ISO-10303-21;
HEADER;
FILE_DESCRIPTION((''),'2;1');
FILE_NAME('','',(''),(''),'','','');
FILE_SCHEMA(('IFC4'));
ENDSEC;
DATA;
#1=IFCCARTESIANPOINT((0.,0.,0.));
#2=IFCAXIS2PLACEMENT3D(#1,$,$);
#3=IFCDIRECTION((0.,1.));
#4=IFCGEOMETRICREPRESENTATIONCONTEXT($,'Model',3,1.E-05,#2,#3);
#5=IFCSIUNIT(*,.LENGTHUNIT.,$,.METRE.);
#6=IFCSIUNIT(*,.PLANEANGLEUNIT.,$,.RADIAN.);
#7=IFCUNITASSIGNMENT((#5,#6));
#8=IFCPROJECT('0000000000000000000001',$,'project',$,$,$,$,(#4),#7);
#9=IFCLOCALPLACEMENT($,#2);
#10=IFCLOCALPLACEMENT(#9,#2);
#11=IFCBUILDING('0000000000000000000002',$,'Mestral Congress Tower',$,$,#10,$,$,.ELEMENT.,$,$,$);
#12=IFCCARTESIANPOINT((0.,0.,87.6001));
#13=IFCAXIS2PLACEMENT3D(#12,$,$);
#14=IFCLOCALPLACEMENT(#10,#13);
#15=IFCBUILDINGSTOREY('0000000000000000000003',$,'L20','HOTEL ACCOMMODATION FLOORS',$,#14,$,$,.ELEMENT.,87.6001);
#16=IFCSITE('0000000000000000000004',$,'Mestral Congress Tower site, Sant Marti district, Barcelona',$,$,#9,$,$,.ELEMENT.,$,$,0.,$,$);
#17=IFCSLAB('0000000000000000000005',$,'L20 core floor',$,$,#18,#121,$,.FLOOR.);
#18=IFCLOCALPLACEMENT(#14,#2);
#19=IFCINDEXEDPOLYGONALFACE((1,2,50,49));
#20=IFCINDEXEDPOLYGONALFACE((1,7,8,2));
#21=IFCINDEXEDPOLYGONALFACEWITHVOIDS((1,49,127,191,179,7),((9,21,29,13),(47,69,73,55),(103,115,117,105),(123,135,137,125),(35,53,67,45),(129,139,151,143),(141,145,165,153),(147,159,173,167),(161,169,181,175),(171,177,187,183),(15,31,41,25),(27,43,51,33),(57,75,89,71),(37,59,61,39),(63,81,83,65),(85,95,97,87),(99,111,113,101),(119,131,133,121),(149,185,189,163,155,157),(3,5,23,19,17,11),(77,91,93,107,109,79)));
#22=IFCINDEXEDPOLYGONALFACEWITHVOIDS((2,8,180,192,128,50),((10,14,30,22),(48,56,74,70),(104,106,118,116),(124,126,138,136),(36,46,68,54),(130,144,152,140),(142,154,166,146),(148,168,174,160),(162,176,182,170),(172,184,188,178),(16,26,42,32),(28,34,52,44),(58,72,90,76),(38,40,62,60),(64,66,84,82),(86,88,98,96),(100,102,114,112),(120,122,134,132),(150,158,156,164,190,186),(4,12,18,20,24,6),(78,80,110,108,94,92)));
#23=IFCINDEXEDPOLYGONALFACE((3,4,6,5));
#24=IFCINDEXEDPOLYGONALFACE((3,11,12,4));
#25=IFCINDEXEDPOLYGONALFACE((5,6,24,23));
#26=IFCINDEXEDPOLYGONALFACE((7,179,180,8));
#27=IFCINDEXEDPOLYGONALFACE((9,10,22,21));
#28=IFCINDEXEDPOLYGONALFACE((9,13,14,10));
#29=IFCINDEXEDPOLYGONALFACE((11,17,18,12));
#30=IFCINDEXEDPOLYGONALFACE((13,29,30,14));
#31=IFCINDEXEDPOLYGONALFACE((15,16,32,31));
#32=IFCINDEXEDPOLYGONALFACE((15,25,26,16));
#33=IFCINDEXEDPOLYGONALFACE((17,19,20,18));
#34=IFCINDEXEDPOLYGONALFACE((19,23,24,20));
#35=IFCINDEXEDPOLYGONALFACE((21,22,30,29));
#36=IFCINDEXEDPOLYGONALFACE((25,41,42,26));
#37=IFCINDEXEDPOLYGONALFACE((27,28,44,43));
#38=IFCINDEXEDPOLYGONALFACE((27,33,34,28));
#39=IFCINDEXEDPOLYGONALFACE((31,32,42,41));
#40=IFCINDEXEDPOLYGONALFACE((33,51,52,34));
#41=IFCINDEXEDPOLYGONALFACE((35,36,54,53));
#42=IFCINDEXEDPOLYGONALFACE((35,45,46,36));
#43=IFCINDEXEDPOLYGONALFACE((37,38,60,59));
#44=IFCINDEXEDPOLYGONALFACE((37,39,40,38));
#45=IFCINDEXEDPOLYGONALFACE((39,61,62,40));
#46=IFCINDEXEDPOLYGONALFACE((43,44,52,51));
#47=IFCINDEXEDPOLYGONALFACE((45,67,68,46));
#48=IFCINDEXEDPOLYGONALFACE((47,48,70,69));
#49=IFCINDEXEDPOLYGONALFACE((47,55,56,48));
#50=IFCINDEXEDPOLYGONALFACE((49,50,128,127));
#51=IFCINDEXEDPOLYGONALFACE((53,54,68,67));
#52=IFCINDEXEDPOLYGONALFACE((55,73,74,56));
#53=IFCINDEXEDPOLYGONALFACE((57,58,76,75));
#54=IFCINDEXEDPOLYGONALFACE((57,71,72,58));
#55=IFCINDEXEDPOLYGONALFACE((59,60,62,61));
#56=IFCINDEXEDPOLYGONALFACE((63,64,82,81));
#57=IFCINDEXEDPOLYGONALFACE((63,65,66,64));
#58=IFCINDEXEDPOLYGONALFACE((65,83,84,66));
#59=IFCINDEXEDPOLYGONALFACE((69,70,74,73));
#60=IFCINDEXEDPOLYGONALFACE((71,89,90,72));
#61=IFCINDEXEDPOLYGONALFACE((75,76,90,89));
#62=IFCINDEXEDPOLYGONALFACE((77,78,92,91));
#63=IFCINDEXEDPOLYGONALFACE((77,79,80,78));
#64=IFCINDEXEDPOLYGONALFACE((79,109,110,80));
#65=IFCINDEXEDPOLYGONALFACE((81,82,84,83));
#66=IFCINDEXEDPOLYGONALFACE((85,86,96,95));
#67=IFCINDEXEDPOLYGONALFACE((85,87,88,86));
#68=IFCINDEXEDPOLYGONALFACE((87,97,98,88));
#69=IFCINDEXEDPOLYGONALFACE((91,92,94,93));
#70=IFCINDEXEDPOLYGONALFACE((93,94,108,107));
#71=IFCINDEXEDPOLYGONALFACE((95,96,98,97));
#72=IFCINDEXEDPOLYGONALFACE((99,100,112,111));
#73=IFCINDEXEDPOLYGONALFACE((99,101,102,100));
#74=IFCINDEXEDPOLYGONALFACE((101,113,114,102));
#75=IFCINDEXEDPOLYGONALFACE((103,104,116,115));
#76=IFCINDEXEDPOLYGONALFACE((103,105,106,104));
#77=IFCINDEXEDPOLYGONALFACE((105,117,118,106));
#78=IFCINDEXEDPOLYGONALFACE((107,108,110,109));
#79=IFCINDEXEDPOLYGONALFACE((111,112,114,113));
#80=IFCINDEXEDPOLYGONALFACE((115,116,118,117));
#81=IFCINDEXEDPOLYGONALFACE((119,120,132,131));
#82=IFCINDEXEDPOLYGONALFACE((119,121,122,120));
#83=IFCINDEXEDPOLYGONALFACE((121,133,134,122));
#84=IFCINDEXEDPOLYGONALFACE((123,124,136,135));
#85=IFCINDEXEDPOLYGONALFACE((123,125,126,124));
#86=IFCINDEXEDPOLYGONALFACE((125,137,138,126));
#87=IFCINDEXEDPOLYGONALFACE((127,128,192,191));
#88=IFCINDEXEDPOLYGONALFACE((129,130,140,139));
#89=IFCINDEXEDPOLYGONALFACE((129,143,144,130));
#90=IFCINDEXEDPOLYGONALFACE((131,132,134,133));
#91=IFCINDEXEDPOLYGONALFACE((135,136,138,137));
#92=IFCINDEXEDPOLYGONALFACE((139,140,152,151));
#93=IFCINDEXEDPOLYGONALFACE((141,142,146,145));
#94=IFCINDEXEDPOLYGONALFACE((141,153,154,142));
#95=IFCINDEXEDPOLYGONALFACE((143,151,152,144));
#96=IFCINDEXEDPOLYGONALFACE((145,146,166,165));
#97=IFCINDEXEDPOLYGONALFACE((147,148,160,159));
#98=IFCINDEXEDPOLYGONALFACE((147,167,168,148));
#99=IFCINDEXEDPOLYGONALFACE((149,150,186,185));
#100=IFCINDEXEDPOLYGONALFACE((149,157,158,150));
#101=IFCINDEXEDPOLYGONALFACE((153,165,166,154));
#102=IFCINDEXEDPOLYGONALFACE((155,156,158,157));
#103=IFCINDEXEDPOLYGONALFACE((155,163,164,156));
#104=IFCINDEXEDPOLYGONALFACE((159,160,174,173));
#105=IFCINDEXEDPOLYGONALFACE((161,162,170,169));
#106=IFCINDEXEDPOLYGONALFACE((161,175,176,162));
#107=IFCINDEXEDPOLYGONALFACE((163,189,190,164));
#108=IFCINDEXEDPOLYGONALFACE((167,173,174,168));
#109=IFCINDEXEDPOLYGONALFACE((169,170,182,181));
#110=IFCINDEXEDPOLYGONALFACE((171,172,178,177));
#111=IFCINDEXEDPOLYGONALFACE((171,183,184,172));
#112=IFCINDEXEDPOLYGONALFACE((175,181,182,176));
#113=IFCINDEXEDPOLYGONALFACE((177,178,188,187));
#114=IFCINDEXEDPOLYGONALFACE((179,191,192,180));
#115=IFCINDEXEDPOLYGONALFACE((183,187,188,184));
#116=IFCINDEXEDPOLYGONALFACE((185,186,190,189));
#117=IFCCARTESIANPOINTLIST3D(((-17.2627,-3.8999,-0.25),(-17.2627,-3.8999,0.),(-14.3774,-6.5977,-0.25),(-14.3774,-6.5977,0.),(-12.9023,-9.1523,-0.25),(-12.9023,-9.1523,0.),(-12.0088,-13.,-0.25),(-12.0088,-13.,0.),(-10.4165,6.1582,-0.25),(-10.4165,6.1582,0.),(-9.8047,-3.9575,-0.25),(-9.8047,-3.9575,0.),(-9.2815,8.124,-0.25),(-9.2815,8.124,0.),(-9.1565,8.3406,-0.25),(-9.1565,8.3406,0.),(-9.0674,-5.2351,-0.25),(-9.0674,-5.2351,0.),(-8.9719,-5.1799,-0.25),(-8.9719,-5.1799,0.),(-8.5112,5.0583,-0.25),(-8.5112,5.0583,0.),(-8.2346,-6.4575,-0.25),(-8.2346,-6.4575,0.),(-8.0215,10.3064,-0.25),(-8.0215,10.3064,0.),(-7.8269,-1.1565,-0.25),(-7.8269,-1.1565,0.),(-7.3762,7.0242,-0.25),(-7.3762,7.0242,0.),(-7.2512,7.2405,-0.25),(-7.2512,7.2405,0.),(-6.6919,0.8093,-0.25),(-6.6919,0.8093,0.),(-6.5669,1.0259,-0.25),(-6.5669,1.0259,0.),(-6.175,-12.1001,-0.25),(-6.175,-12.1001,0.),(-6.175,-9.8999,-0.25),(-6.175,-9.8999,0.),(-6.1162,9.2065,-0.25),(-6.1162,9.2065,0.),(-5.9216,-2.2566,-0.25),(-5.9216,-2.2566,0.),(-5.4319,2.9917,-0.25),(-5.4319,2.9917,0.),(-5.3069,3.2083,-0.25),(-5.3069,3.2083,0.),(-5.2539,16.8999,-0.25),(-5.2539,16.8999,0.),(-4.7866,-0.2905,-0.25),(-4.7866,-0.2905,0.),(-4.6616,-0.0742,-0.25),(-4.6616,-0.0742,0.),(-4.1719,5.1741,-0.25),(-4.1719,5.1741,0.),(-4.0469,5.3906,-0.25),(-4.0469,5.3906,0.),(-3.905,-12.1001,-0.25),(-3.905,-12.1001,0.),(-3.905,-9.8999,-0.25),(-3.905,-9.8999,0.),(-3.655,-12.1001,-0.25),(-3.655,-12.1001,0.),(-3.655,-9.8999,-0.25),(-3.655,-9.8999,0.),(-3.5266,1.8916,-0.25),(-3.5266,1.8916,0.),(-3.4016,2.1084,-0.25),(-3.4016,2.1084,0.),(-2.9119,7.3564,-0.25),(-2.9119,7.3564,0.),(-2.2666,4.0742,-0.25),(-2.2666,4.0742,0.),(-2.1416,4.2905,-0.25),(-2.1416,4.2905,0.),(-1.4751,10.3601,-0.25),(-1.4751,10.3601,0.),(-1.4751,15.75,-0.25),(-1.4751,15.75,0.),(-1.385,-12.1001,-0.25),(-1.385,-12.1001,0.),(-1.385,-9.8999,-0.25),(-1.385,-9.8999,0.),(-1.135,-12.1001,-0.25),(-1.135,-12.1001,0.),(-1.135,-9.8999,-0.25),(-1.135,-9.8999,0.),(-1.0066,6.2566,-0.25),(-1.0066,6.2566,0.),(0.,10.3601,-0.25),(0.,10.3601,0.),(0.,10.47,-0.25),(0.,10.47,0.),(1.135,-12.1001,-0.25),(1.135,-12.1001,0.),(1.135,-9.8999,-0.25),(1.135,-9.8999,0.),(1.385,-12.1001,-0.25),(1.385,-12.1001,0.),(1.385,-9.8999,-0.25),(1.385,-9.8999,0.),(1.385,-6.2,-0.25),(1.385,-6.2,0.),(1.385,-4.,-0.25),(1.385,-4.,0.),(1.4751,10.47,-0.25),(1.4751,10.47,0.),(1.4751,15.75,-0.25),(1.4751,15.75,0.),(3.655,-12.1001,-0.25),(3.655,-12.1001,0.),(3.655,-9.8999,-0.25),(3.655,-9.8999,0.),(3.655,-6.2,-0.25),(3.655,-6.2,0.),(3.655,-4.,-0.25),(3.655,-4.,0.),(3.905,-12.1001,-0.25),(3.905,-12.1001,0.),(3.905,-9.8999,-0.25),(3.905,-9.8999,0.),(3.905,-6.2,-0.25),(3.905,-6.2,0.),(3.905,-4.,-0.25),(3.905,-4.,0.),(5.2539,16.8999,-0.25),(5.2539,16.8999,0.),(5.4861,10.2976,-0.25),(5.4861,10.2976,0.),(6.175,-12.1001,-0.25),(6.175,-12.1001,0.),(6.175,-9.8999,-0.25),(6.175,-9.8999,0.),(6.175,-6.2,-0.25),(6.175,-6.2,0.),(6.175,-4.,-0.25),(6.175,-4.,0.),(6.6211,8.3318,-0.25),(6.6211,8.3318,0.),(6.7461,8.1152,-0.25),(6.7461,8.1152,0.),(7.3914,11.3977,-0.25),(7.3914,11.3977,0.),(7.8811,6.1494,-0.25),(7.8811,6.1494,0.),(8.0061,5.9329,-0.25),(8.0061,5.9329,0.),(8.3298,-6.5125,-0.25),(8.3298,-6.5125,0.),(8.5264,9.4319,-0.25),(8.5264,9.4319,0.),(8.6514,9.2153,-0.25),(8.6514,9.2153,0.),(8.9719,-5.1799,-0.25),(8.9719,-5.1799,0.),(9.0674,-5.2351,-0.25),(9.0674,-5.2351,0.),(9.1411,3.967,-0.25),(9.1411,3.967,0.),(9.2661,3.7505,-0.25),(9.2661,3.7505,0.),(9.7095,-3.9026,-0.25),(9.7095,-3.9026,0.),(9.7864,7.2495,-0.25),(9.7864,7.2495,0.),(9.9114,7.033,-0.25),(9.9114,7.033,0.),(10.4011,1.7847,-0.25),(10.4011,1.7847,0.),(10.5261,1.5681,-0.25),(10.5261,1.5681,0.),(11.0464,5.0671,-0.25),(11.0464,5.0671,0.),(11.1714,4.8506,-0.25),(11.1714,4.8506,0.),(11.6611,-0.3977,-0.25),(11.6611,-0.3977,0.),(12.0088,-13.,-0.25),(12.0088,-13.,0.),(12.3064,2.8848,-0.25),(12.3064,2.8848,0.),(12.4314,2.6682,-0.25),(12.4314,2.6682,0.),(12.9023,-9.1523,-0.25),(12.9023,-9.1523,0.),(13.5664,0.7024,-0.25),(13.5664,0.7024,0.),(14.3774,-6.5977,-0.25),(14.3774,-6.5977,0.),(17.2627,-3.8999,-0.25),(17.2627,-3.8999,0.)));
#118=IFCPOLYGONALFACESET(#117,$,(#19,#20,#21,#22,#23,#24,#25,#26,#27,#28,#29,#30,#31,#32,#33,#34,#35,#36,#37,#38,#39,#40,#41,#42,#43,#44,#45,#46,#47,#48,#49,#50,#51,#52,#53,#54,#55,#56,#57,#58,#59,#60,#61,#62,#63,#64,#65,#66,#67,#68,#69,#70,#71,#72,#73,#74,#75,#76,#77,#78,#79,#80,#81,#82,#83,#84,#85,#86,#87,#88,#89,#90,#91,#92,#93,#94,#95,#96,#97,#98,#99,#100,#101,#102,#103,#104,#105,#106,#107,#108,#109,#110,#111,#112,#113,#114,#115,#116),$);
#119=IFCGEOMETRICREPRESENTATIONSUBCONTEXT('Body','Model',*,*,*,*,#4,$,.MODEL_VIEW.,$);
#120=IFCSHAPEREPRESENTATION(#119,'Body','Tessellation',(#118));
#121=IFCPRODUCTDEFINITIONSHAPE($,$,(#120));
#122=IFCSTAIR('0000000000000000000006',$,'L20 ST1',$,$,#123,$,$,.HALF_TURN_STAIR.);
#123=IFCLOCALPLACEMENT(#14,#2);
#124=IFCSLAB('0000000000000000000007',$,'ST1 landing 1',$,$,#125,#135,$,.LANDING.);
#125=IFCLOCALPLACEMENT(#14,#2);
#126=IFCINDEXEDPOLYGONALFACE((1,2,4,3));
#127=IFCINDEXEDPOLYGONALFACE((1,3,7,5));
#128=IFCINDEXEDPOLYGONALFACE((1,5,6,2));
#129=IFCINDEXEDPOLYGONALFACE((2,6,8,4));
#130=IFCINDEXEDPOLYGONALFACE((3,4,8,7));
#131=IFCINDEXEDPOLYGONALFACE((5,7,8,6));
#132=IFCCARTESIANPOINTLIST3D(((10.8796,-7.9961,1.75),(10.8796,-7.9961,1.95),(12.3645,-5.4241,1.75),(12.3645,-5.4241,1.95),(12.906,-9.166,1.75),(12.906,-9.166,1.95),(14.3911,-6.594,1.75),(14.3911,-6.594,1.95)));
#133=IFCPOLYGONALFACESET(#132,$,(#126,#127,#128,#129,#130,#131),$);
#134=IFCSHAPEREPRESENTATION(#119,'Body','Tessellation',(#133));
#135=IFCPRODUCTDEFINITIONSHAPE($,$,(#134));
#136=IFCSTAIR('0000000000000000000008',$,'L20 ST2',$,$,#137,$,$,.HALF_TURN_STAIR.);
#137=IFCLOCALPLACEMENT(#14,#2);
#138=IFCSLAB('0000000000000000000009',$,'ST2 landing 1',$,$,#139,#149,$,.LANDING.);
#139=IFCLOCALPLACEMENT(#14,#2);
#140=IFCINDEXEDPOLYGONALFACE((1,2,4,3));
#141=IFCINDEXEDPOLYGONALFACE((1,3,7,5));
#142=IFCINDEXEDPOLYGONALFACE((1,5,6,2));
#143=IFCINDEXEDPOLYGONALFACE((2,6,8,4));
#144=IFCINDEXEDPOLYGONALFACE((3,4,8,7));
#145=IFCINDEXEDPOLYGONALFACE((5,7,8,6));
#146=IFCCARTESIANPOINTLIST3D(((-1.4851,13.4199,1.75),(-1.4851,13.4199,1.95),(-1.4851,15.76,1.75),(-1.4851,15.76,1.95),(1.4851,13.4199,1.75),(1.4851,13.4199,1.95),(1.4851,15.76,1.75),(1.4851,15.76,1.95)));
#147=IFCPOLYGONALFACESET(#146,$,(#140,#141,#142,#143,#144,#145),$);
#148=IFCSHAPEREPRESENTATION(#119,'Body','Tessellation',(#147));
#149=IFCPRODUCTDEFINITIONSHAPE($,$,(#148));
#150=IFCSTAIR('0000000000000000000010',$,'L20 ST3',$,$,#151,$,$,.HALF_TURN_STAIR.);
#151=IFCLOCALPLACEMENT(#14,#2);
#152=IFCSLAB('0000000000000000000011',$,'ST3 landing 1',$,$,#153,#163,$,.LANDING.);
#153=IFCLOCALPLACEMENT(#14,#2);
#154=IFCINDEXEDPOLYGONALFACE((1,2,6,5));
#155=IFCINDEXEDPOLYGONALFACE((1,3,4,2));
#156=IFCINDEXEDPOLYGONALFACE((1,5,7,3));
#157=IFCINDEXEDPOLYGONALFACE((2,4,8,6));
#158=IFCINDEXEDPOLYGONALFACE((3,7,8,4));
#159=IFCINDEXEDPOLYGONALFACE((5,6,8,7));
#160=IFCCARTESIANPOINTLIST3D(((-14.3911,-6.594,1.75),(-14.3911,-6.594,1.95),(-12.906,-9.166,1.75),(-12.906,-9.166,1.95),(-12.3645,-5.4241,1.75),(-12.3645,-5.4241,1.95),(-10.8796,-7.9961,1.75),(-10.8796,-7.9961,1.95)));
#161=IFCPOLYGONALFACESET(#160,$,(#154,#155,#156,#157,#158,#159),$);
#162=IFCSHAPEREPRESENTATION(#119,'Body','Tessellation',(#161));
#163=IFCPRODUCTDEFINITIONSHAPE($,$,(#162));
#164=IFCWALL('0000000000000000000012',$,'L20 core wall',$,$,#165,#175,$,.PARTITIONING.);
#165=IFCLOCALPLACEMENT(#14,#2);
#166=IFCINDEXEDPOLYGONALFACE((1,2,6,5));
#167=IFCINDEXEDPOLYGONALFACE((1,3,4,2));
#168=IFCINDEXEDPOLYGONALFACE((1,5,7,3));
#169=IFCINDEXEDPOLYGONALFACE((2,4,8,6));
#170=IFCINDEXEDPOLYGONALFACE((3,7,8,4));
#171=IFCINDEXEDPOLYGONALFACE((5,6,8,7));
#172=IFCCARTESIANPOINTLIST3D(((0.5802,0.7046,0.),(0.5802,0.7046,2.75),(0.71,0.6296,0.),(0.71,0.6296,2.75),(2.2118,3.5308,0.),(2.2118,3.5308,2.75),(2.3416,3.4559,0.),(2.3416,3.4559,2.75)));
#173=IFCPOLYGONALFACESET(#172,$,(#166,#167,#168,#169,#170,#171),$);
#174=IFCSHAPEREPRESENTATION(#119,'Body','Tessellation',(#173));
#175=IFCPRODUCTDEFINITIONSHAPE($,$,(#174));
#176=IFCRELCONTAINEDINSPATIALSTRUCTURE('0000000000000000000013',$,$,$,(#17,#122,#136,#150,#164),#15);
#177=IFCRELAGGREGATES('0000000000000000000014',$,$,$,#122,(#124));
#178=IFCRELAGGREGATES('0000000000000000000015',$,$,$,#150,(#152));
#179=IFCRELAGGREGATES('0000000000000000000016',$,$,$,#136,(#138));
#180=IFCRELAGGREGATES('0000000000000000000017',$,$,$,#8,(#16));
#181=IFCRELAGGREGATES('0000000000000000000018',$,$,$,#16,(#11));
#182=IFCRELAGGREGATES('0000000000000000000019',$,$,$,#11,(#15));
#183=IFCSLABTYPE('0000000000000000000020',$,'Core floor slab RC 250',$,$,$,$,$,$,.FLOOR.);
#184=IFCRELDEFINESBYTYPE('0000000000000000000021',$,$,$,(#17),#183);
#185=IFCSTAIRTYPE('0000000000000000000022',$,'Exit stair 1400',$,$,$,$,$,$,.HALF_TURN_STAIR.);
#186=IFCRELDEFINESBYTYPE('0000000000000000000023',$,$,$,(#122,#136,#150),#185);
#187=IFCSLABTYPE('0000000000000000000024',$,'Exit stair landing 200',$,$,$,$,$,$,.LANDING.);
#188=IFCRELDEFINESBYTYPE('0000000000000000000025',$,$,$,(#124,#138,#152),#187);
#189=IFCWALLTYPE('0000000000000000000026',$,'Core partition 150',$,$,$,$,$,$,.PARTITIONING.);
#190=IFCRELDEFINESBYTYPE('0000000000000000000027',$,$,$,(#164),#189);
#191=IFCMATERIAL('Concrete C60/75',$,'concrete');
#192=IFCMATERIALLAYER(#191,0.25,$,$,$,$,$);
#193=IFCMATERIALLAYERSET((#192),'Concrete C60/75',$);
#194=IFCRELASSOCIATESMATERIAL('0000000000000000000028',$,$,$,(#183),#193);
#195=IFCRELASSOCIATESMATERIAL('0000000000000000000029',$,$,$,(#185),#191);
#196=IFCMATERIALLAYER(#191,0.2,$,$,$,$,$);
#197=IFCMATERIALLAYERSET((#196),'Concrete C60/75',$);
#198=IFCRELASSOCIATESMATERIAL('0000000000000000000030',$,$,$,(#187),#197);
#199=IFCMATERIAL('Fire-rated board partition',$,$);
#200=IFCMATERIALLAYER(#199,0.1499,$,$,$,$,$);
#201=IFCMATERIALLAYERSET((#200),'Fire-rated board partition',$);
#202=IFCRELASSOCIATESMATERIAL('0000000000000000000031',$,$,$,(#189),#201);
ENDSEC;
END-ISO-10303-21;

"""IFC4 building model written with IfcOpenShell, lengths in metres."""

from ifc_helpers import new_model, si_unit, direction, frame, frame_2d, origin, place, context, subcontext, project, spatial, polyline, rectangle, outline, extrude, material, layer, layer_set, type_object, element, aggregate, save


model = new_model("IFC4")

# Units and contexts
model_context = context("Model", 3, precision=1e-05, world=origin(), true_north=direction((0.0, 1.0)))
body_context = subcontext(model_context, "Body", "Model", "MODEL_VIEW")
ifc_project = project(units=[si_unit("LENGTHUNIT", "METRE"), si_unit("PLANEANGLEUNIT", "RADIAN")], contexts=[model_context])

# Site, building, storey
site_placement = place(None, origin())
site = spatial("IfcSite", under=ifc_project, at=site_placement, Name="Mestral Congress Tower site, Sant Marti district, Barcelona", CompositionType="ELEMENT", RefElevation=0.0)
building_placement = place(site_placement, origin())
building = spatial("IfcBuilding", under=site, at=building_placement, Name="Mestral Congress Tower", CompositionType="ELEMENT")
storey_placement = place(building_placement, frame((0.0, 0.0, 87.6001)))
storey = spatial("IfcBuildingStorey", under=building, at=storey_placement, Name="L20", Description="HOTEL ACCOMMODATION FLOORS", CompositionType="ELEMENT", Elevation=87.6001)

# Slab
ifc_material_1 = material(Name="Concrete C60/75", Category="concrete")
ifc_layer_1 = layer(ifc_material_1, 0.25)
ifc_layer_set_1 = layer_set([ifc_layer_1], Name="Concrete C60/75")
slab_type_1 = type_object("IfcSlabType", Name="Core floor slab RC 250", PredefinedType="FLOOR", material=ifc_layer_set_1)
slab_1_placement = place(storey_placement, frame((0.0, 0.0, -0.25)))
element("IfcSlab", 1, at=slab_1_placement, inside=storey, type_object=slab_type_1, Name="L20 core floor", PredefinedType="FLOOR", context=body_context, shape_type="SweptSolid", body=[
    extrude(outline(polyline([(12.0088, -13.0), (-12.0088, -13.0), (-17.2627, -3.8999), (-5.2539, 16.8999), (5.2539, 16.8999), (17.2627, -3.8999), (12.0088, -13.0)]), holes=[polyline([(-3.905, -9.8999), (-6.175, -9.8999), (-6.175, -12.1001), (-3.905, -12.1001), (-3.905, -9.8999)]), polyline([(-1.385, -9.8999), (-3.655, -9.8999), (-3.655, -12.1001), (-1.385, -12.1001), (-1.385, -9.8999)]), polyline([(1.135, -9.8999), (-1.135, -9.8999), (-1.135, -12.1001), (1.135, -12.1001), (1.135, -9.8999)]), polyline([(-9.0674, -5.2351), (-9.8047, -3.9575), (-14.3774, -6.5977), (-12.9023, -9.1523), (-8.2346, -6.4575), (-8.9719, -5.1799), (-9.0674, -5.2351)]), polyline([(-7.8269, -1.1565), (-5.9216, -2.2566), (-4.7866, -0.2905), (-6.6919, 0.8093), (-7.8269, -1.1565)]), polyline([(-4.6616, -0.0742), (-3.5266, 1.8916), (-5.4319, 2.9917), (-6.5669, 1.0259), (-4.6616, -0.0742)]), polyline([(-3.4016, 2.1084), (-2.2666, 4.0742), (-4.1719, 5.1741), (-5.3069, 3.2083), (-3.4016, 2.1084)]), polyline([(-2.1416, 4.2905), (-1.0066, 6.2566), (-2.9119, 7.3564), (-4.0469, 5.3906), (-2.1416, 4.2905)]), polyline([(-10.4165, 6.1582), (-8.5112, 5.0583), (-7.3762, 7.0242), (-9.2815, 8.124), (-10.4165, 6.1582)]), polyline([(-9.1565, 8.3406), (-7.2512, 7.2405), (-6.1162, 9.2065), (-8.0215, 10.3064), (-9.1565, 8.3406)]), polyline([(1.4751, 10.47), (1.4751, 15.75), (-1.4751, 15.75), (-1.4751, 10.3601), (0.0, 10.3601), (0.0, 10.47), (1.4751, 10.47)]), polyline([(3.655, -9.8999), (1.385, -9.8999), (1.385, -12.1001), (3.655, -12.1001), (3.655, -9.8999)]), polyline([(6.175, -9.8999), (3.905, -9.8999), (3.905, -12.1001), (6.175, -12.1001), (6.175, -9.8999)]), polyline([(9.0674, -5.2351), (8.3298, -6.5125), (12.9023, -9.1523), (14.3774, -6.5977), (9.7095, -3.9026), (8.9719, -5.1799), (9.0674, -5.2351)]), polyline([(3.655, -6.2), (3.655, -4.0), (1.385, -4.0), (1.385, -6.2), (3.655, -6.2)]), polyline([(6.175, -4.0), (3.905, -4.0), (3.905, -6.2), (6.175, -6.2), (6.175, -4.0)]), polyline([(12.4314, 2.6682), (10.5261, 1.5681), (11.6611, -0.3977), (13.5664, 0.7024), (12.4314, 2.6682)]), polyline([(11.1714, 4.8506), (9.2661, 3.7505), (10.4011, 1.7847), (12.3064, 2.8848), (11.1714, 4.8506)]), polyline([(8.0061, 5.9329), (9.1411, 3.967), (11.0464, 5.0671), (9.9114, 7.033), (8.0061, 5.9329)]), polyline([(8.6514, 9.2153), (6.7461, 8.1152), (7.8811, 6.1494), (9.7864, 7.2495), (8.6514, 9.2153)]), polyline([(7.3914, 11.3977), (5.4861, 10.2976), (6.6211, 8.3318), (8.5264, 9.4319), (7.3914, 11.3977)])]), origin(), (0.0, 0.0, 1.0), 0.25),
])

# Stairs, slabs
stair_type = type_object("IfcStairType", Name="Exit stair 1400", PredefinedType="HALF_TURN_STAIR", material=ifc_material_1)
placement_1 = place(storey_placement, origin())
stair_1 = element("IfcStair", 2, at=placement_1, inside=storey, type_object=stair_type, Name="L20 ST1", PredefinedType="HALF_TURN_STAIR")
ifc_layer_2 = layer(ifc_material_1, 0.2)
ifc_layer_set_2 = layer_set([ifc_layer_2], Name="Concrete C60/75")
slab_type_2 = type_object("IfcSlabType", Name="Exit stair landing 200", PredefinedType="LANDING", material=ifc_layer_set_2)
placement_2 = place(storey_placement, frame((0.0, 0.0, 1.75)))
slab_2 = element("IfcSlab", 3, at=placement_2, type_object=slab_type_2, Name="ST1 landing 1", PredefinedType="LANDING", context=body_context, shape_type="SweptSolid", body=[
    extrude(outline(polyline([(10.8796, -7.9961), (12.3645, -5.4241), (14.3911, -6.594), (12.906, -9.166), (10.8796, -7.9961)])), origin(), (0.0, 0.0, 1.0), 0.2),
])
aggregate(stair_1, [slab_2])
stair_2 = element("IfcStair", 4, at=placement_1, inside=storey, type_object=stair_type, Name="L20 ST2", PredefinedType="HALF_TURN_STAIR")
slab_3 = element("IfcSlab", 5, at=placement_2, type_object=slab_type_2, Name="ST2 landing 1", PredefinedType="LANDING", context=body_context, shape_type="SweptSolid", body=[
    extrude(outline(polyline([(1.4851, 13.4199), (-1.4851, 13.4199), (-1.4851, 15.76), (1.4851, 15.76), (1.4851, 13.4199)])), origin(), (0.0, 0.0, 1.0), 0.2),
])
stair_3 = element("IfcStair", 6, at=placement_1, inside=storey, type_object=stair_type, Name="L20 ST3", PredefinedType="HALF_TURN_STAIR")
slab_4 = element("IfcSlab", 7, at=placement_2, type_object=slab_type_2, Name="ST3 landing 1", PredefinedType="LANDING", context=body_context, shape_type="SweptSolid", body=[
    extrude(outline(polyline([(-12.3645, -5.4241), (-10.8796, -7.9961), (-12.906, -9.166), (-14.3911, -6.594), (-12.3645, -5.4241)])), origin(), (0.0, 0.0, 1.0), 0.2),
])
aggregate(stair_3, [slab_4])

# Wall
ifc_material_2 = material(Name="Fire-rated board partition")
ifc_layer_3 = layer(ifc_material_2, 0.1499)
ifc_layer_set_3 = layer_set([ifc_layer_3], Name="Fire-rated board partition")
wall_type_1 = type_object("IfcWallType", Name="Core partition 150", PredefinedType="PARTITIONING", material=ifc_layer_set_3)
wall_1_placement = place(storey_placement, frame((0.645, 0.667, 0.0), z_axis=(0.0, 0.0, 1.0), x_axis=(0.499977, 0.866039, 0.0)))
element("IfcWall", 8, at=wall_1_placement, inside=storey, type_object=wall_type_1, Name="L20 core wall", PredefinedType="PARTITIONING", context=body_context, shape_type="SweptSolid", body=[
    extrude(rectangle(XDim=3.2634, YDim=0.1499, at=frame_2d((1.6318, 0.0))), origin(), (0.0, 0.0, 1.0), 2.75),
])

aggregate(stair_2, [slab_3])

save(model, "model.ifc")
